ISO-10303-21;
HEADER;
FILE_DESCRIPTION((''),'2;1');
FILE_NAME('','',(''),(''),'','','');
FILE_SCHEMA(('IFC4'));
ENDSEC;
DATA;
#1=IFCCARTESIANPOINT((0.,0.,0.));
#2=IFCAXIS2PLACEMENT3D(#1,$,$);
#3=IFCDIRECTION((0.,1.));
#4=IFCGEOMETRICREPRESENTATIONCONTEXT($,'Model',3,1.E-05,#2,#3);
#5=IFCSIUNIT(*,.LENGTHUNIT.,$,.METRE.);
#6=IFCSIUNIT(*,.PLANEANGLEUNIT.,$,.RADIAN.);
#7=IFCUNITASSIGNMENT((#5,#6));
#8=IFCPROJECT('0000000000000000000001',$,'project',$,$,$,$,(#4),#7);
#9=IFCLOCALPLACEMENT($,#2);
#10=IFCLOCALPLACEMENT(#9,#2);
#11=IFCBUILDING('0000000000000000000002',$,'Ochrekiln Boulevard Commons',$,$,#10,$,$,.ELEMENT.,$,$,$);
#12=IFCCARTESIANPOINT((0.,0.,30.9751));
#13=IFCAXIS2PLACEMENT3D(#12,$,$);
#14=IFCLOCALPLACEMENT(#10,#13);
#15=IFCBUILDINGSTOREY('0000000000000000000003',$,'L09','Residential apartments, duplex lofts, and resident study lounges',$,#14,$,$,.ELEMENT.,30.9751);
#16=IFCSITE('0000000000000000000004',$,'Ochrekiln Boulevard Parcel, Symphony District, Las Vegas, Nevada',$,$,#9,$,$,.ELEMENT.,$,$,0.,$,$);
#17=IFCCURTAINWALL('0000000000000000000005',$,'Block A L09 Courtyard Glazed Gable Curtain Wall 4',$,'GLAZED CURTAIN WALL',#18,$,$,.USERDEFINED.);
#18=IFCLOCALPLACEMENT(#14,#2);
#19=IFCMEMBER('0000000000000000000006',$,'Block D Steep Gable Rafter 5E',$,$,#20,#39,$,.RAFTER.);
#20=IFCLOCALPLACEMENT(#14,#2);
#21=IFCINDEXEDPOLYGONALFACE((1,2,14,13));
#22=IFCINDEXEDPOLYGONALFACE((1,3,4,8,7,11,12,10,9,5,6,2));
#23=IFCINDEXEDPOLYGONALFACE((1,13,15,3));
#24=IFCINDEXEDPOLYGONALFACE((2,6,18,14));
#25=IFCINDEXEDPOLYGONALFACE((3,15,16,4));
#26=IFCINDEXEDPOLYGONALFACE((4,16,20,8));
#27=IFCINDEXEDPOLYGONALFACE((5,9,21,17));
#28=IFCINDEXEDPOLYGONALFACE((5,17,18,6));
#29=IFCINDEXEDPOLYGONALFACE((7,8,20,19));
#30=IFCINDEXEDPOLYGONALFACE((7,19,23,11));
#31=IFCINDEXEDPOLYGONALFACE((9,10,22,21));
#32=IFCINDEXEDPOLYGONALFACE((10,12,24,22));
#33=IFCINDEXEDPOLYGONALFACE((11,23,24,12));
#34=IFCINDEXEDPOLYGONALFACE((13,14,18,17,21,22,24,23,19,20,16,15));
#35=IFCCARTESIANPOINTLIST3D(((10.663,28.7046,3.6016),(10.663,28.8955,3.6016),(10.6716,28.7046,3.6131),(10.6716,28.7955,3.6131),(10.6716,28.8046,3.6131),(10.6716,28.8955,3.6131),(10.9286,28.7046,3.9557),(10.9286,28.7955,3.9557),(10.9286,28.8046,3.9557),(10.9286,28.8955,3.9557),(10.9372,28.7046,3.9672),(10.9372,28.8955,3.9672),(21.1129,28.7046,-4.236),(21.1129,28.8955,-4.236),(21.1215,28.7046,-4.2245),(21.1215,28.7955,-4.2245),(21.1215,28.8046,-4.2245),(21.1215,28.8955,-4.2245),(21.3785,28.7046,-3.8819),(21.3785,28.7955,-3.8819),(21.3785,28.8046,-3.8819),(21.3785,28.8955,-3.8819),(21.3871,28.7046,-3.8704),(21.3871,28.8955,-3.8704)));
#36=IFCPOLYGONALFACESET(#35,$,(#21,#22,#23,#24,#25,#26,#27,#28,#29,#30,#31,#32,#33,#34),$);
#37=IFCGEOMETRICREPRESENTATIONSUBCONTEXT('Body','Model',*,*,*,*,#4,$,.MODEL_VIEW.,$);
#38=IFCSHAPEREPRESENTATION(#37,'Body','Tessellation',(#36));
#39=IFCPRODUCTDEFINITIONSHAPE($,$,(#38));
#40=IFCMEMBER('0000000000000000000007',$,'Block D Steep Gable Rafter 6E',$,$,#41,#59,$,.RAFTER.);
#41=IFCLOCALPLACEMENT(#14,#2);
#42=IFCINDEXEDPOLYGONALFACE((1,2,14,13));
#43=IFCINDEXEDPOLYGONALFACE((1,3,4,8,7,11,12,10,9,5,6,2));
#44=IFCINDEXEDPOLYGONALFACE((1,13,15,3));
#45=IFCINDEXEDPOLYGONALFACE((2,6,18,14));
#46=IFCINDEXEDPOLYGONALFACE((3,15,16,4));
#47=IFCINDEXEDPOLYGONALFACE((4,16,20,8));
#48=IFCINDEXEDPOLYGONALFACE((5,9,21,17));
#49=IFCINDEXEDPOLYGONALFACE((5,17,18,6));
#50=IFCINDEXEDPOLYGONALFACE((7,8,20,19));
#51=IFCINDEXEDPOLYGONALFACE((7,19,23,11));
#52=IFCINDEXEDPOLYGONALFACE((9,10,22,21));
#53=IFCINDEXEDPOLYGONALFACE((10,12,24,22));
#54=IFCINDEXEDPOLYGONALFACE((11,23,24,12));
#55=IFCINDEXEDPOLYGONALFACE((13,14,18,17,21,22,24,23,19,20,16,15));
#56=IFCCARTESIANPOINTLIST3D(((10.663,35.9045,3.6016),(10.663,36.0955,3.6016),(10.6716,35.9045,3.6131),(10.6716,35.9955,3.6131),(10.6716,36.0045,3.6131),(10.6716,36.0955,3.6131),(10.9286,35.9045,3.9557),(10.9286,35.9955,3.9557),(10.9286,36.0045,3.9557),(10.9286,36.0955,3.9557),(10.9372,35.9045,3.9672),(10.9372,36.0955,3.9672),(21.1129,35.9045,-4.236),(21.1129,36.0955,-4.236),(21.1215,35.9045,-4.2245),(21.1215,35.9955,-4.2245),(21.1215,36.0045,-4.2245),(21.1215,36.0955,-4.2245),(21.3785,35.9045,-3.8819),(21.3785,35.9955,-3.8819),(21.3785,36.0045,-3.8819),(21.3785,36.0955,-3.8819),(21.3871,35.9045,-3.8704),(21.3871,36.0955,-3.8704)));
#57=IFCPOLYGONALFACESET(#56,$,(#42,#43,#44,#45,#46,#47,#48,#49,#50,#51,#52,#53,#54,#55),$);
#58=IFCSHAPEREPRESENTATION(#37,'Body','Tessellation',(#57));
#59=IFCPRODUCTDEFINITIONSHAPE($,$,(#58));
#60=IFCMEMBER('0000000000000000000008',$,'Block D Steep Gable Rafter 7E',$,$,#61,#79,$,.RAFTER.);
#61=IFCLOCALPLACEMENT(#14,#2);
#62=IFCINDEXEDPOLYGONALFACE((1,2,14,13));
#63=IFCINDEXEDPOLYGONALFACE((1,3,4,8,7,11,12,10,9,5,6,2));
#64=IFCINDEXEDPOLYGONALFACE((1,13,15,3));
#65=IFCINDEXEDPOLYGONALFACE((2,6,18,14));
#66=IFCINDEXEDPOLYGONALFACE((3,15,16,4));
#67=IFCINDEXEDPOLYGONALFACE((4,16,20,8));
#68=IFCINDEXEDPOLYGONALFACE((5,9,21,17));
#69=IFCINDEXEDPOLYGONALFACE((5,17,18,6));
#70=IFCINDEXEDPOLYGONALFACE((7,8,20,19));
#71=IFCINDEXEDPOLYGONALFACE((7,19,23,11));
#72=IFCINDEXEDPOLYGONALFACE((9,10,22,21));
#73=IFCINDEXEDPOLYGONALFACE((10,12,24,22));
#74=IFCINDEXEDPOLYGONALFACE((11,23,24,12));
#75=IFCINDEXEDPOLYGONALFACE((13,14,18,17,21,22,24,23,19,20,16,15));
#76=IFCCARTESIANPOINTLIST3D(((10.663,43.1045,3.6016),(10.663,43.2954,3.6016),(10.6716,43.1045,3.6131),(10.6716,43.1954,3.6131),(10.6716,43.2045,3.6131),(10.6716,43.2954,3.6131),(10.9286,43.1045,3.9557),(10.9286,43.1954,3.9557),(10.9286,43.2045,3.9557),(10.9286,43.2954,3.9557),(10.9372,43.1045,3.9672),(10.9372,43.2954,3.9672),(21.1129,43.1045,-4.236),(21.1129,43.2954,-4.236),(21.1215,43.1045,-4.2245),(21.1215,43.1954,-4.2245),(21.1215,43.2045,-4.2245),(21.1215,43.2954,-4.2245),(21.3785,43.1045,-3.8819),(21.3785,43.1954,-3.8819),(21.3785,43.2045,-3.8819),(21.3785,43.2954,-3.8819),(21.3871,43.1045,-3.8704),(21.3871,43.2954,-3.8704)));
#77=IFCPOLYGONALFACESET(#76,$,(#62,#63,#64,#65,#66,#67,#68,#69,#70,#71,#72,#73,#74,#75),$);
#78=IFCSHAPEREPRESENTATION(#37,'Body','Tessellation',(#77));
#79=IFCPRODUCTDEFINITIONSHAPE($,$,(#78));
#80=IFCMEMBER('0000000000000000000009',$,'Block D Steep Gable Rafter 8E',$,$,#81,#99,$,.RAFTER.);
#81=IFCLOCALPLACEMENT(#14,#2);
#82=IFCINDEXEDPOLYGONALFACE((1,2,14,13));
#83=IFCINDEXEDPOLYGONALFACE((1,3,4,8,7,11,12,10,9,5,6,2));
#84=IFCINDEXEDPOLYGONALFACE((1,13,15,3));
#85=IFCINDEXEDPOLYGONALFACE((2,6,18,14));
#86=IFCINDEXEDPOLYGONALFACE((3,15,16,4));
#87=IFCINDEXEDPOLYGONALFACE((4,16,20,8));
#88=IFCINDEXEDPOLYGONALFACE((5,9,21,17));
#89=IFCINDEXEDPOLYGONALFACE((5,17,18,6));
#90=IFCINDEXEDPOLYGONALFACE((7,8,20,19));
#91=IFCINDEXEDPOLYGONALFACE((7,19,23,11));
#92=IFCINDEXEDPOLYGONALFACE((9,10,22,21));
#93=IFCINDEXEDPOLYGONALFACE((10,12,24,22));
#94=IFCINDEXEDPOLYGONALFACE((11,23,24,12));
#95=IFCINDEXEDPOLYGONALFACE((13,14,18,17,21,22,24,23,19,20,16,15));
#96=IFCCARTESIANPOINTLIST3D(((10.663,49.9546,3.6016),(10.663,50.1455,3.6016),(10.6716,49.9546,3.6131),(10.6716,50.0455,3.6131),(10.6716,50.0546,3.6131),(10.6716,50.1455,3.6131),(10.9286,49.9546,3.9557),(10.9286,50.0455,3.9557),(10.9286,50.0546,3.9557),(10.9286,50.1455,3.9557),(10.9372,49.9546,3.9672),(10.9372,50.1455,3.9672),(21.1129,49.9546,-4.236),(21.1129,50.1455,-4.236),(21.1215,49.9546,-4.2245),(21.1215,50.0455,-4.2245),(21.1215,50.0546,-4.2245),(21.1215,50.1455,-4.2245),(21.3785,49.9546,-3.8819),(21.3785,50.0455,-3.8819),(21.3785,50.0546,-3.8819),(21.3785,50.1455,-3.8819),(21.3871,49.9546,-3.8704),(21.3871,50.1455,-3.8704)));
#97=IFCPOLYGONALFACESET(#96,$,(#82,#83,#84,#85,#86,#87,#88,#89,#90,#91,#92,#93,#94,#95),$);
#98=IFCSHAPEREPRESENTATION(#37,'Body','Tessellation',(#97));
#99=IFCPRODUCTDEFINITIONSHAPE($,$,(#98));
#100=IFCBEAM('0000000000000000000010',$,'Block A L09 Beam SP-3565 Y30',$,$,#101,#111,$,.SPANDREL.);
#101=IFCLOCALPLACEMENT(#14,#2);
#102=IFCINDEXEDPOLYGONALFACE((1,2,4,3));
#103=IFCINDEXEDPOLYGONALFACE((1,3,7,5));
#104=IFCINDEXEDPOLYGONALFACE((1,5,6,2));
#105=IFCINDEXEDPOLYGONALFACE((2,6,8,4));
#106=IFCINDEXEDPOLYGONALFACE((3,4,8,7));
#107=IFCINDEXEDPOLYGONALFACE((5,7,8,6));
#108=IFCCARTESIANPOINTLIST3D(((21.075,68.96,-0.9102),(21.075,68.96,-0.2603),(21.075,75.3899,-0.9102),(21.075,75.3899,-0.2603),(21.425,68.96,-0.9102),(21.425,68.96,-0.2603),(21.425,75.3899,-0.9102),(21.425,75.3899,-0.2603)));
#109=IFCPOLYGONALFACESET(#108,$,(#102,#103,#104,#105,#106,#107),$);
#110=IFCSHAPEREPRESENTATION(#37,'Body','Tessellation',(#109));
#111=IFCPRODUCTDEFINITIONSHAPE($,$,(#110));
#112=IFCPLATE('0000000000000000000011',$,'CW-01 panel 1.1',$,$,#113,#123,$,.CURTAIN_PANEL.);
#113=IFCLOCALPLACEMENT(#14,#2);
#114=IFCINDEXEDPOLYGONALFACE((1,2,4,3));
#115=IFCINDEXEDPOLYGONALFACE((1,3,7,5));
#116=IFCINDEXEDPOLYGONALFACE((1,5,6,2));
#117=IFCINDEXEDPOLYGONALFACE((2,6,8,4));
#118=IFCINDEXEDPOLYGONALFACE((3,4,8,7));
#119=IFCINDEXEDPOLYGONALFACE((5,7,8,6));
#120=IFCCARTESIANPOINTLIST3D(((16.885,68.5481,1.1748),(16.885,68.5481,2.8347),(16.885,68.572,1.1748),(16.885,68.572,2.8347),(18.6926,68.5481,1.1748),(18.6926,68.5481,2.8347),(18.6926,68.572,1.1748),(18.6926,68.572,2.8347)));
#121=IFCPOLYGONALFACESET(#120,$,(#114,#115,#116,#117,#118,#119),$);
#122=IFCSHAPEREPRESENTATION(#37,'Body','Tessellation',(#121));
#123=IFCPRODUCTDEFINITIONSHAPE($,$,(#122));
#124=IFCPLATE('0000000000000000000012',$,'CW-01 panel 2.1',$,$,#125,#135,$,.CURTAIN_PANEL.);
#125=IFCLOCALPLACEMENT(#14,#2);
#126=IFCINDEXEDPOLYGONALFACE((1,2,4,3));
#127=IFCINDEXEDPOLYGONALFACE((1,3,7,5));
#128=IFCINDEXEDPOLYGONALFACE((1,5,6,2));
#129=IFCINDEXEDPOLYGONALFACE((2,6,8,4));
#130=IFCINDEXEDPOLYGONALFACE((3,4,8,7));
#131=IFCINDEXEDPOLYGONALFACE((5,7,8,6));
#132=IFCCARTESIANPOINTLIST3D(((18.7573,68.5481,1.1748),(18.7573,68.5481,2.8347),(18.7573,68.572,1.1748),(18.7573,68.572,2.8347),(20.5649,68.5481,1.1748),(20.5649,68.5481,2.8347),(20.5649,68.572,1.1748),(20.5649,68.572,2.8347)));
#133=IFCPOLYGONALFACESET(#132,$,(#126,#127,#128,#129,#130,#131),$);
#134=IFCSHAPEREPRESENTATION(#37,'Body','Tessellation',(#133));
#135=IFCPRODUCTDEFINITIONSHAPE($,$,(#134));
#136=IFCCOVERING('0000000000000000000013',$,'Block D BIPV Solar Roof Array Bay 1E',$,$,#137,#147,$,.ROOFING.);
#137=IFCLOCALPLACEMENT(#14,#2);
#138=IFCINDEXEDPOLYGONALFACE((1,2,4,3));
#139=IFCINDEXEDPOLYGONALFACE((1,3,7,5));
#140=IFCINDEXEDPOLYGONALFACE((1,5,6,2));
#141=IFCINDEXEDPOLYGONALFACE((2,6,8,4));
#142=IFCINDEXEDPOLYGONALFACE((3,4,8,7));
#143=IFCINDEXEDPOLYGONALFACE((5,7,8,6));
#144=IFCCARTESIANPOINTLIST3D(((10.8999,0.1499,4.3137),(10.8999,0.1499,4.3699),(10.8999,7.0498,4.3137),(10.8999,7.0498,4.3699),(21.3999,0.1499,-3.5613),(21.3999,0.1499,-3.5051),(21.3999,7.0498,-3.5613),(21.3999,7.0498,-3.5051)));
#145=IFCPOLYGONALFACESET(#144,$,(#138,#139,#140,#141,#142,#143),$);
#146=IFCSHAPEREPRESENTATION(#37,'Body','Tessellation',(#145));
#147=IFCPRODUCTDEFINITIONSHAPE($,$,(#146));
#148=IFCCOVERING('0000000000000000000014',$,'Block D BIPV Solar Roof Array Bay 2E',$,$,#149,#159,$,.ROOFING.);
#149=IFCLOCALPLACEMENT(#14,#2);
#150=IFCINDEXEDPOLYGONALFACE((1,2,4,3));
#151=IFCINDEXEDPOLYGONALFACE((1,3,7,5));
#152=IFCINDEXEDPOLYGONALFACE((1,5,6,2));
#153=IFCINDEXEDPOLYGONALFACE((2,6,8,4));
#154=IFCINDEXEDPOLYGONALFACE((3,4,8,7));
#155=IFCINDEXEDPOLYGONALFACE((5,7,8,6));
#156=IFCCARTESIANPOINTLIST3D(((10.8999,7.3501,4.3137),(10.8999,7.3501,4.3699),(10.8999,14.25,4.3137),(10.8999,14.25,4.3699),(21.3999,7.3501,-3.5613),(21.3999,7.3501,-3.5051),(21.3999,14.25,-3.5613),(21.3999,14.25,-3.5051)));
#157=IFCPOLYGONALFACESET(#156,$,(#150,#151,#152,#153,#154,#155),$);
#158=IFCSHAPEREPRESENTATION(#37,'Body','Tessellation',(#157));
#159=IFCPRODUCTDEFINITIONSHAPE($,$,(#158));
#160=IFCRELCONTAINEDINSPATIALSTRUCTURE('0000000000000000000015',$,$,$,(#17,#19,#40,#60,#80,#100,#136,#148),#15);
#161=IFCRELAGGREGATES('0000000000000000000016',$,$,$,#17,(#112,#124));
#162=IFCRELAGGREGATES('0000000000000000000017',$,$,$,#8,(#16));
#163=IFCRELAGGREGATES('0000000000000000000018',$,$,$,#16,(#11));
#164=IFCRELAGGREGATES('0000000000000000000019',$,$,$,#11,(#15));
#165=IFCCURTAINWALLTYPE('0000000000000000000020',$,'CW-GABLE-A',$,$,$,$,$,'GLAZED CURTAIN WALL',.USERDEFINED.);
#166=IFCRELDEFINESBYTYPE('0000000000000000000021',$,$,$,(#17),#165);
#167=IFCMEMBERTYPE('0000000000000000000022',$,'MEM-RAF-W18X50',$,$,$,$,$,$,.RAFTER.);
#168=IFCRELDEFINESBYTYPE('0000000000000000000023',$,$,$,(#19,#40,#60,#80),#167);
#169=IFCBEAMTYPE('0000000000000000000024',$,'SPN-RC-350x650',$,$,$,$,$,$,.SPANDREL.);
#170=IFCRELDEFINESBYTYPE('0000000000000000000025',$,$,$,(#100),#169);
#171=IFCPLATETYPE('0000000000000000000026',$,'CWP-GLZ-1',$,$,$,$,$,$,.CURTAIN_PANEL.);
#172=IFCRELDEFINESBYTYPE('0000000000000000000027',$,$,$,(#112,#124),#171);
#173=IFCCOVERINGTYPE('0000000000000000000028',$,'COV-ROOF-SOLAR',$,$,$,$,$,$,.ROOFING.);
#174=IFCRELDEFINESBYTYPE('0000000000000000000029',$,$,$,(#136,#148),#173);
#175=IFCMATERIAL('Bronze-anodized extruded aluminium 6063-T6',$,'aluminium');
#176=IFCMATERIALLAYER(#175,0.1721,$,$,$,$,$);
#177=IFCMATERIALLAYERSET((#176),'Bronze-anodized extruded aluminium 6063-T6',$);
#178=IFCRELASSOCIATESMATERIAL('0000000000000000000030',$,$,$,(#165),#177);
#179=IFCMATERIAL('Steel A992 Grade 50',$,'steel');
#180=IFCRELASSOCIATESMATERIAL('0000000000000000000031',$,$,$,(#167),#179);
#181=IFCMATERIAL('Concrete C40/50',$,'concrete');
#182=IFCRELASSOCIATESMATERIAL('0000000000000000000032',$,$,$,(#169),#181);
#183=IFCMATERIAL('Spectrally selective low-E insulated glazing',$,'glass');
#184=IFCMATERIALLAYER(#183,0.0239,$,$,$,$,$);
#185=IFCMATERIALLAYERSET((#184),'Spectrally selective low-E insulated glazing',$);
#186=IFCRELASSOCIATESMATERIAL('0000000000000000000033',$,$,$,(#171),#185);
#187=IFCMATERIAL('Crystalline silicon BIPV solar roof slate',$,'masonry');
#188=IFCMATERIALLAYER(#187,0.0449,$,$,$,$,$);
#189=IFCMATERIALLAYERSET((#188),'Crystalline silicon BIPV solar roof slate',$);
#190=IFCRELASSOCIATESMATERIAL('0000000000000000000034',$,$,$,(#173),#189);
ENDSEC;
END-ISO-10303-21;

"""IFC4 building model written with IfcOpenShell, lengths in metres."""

from ifc_helpers import new_model, si_unit, direction, frame, origin, origin_2d, place, context, subcontext, project, spatial, polyline, rectangle, i_section, outline, extrude, material, layer, layer_set, material_profile, profile_set, type_object, element, aggregate, save


model = new_model("IFC4")

# Units and contexts
model_context = context("Model", 3, precision=1e-05, world=origin(), true_north=direction((0.0, 1.0)))
body_context = subcontext(model_context, "Body", "Model", "MODEL_VIEW")
ifc_project = project(units=[si_unit("LENGTHUNIT", "METRE"), si_unit("PLANEANGLEUNIT", "RADIAN")], contexts=[model_context])

# Site, building, storey
site_placement = place(None, origin())
site = spatial("IfcSite", under=ifc_project, at=site_placement, Name="Ochrekiln Boulevard Parcel, Symphony District, Las Vegas, Nevada", CompositionType="ELEMENT", RefElevation=0.0)
building_placement = place(site_placement, origin())
building = spatial("IfcBuilding", under=site, at=building_placement, Name="Ochrekiln Boulevard Commons", CompositionType="ELEMENT")
storey_placement = place(building_placement, frame((0.0, 0.0, 30.9751)))
storey = spatial("IfcBuildingStorey", under=building, at=storey_placement, Name="L09", Description="Residential apartments, duplex lofts, and resident study lounges", CompositionType="ELEMENT", Elevation=30.9751)

# Curtain wall
ifc_material_1 = material(Name="Bronze-anodized extruded aluminium 6063-T6", Category="aluminium")
ifc_layer_1 = layer(ifc_material_1, 0.1721)
ifc_layer_set_1 = layer_set([ifc_layer_1], Name="Bronze-anodized extruded aluminium 6063-T6")
curtain_wall_type = type_object("IfcCurtainWallType", Name="CW-GABLE-A", ElementType="GLAZED CURTAIN WALL", PredefinedType="USERDEFINED", material=ifc_layer_set_1)
curtain_wall_placement = place(storey_placement, origin())
curtain_wall = element("IfcCurtainWall", 1, at=curtain_wall_placement, inside=storey, type_object=curtain_wall_type, Name="Block A L09 Courtyard Glazed Gable Curtain Wall 4", ObjectType="GLAZED CURTAIN WALL", PredefinedType="USERDEFINED")

# Members
ifc_material_2 = material(Name="Steel A992 Grade 50", Category="steel")
ifc_material_profile_1 = material_profile(ifc_material_2, i_section(OverallWidth=0.1909, OverallDepth=0.457, WebThickness=0.009, FlangeThickness=0.0144, at=origin_2d()), Name="W18X50")
ifc_profile_set_1 = profile_set([ifc_material_profile_1], Name="Steel A992 Grade 50")
member_type_1 = type_object("IfcMemberType", Name="MEM-RAF-W18X50", PredefinedType="RAFTER", material=ifc_profile_set_1)
for number, where, z_axis, x_axis, name in (
    (2, (21.25, 28.8, -4.0532), (-0.799993, 0.0, 0.600009), (0.0, -1.0, 0.0), "Block D Steep Gable Rafter 5E"),
    (3, (21.25, 36.0, -4.0532), (-0.799993, 0.0, 0.600009), (0.0, -1.0, 0.0), "Block D Steep Gable Rafter 6E"),
    (4, (21.25, 43.2, -4.0532), (-0.799993, 0.0, 0.600009), (0.0, -1.0, 0.0), "Block D Steep Gable Rafter 7E"),
    (5, (21.25, 50.05, -4.0532), (-0.799993, 0.0, 0.600009), (0.0, -1.0, 0.0), "Block D Steep Gable Rafter 8E"),
):
    element("IfcMember", number, at=place(storey_placement, frame(where, z_axis=z_axis, x_axis=x_axis)), inside=storey, type_object=member_type_1, Name=name, PredefinedType="RAFTER", context=body_context, shape_type="SweptSolid", body=[
        extrude(i_section(OverallWidth=0.1909, OverallDepth=0.457, WebThickness=0.009, FlangeThickness=0.0144, at=origin_2d()), origin(), (0.0, 0.0, 1.0), 13.0625),
    ])

# Beam
ifc_material_3 = material(Name="Concrete C40/50", Category="concrete")
ifc_material_profile_2 = material_profile(ifc_material_3, rectangle(XDim=0.3501, YDim=0.6499, at=origin_2d()), Name="RC-SPN-350x650")
ifc_profile_set_2 = profile_set([ifc_material_profile_2], Name="Concrete C40/50")
beam_type = type_object("IfcBeamType", Name="SPN-RC-350x650", PredefinedType="SPANDREL", material=ifc_profile_set_2)
beam_placement = place(storey_placement, frame((21.25, 68.96, -0.5852), z_axis=(0.0, 1.0, 0.0), x_axis=(-1.0, 0.0, 0.0)))
element("IfcBeam", 6, at=beam_placement, inside=storey, type_object=beam_type, Name="Block A L09 Beam SP-3565 Y30", PredefinedType="SPANDREL", context=body_context, shape_type="SweptSolid", body=[
    extrude(rectangle(XDim=0.3501, YDim=0.6499, at=origin_2d()), origin(), (0.0, 0.0, 1.0), 6.4299),
])

# Plates
ifc_material_4 = material(Name="Spectrally selective low-E insulated glazing", Category="glass")
ifc_layer_2 = layer(ifc_material_4, 0.0239)
ifc_layer_set_2 = layer_set([ifc_layer_2], Name="Spectrally selective low-E insulated glazing")
plate_type = type_object("IfcPlateType", Name="CWP-GLZ-1", PredefinedType="CURTAIN_PANEL", material=ifc_layer_set_2)
plate_1_placement = place(storey_placement, frame((17.7888, 68.5601, 1.1748), z_axis=(0.0, 0.0, 1.0), x_axis=(1.0, 0.0, 0.0)))
plate_1 = element("IfcPlate", 7, at=plate_1_placement, type_object=plate_type, Name="CW-01 panel 1.1", PredefinedType="CURTAIN_PANEL", context=body_context, shape_type="SweptSolid", body=[
    extrude(rectangle(XDim=1.8076, YDim=0.0239, at=origin_2d()), origin(), (0.0, 0.0, 1.0), 1.6599),
])
plate_2_placement = place(storey_placement, frame((19.6611, 68.5601, 1.1748), z_axis=(0.0, 0.0, 1.0), x_axis=(1.0, 0.0, 0.0)))
plate_2 = element("IfcPlate", 8, at=plate_2_placement, type_object=plate_type, Name="CW-01 panel 2.1", PredefinedType="CURTAIN_PANEL", context=body_context, shape_type="SweptSolid", body=[
    extrude(rectangle(XDim=1.8076, YDim=0.0239, at=origin_2d()), origin(), (0.0, 0.0, 1.0), 1.6599),
])
aggregate(curtain_wall, [plate_1, plate_2])

# Coverings
ifc_material_5 = material(Name="Crystalline silicon BIPV solar roof slate", Category="masonry")
ifc_layer_3 = layer(ifc_material_5, 0.0449)
ifc_layer_set_3 = layer_set([ifc_layer_3], Name="Crystalline silicon BIPV solar roof slate")
covering_type = type_object("IfcCoveringType", Name="COV-ROOF-SOLAR", PredefinedType="ROOFING", material=ifc_layer_set_3)
for number, where, z_axis, x_axis, name in (
    (9, (21.3999, 0.1499, -3.5051), (0.0, 1.0, 0.0), (-1.0, 0.0, 0.0), "Block D BIPV Solar Roof Array Bay 1E"),
    (10, (21.3999, 7.3501, -3.5051), (0.0, 1.0, 0.0), (-1.0, 0.0, 0.0), "Block D BIPV Solar Roof Array Bay 2E"),
):
    element("IfcCovering", number, at=place(storey_placement, frame(where, z_axis=z_axis, x_axis=x_axis)), inside=storey, type_object=covering_type, Name=name, PredefinedType="ROOFING", context=body_context, shape_type="SweptSolid", body=[
        extrude(outline(polyline([(0.0, 0.0), (10.5, 7.875), (10.5, 7.8188), (0.0, -0.0562), (0.0, 0.0)])), origin(), (0.0, 0.0, 1.0), 6.8999),
    ])

save(model, "model.ifc")
